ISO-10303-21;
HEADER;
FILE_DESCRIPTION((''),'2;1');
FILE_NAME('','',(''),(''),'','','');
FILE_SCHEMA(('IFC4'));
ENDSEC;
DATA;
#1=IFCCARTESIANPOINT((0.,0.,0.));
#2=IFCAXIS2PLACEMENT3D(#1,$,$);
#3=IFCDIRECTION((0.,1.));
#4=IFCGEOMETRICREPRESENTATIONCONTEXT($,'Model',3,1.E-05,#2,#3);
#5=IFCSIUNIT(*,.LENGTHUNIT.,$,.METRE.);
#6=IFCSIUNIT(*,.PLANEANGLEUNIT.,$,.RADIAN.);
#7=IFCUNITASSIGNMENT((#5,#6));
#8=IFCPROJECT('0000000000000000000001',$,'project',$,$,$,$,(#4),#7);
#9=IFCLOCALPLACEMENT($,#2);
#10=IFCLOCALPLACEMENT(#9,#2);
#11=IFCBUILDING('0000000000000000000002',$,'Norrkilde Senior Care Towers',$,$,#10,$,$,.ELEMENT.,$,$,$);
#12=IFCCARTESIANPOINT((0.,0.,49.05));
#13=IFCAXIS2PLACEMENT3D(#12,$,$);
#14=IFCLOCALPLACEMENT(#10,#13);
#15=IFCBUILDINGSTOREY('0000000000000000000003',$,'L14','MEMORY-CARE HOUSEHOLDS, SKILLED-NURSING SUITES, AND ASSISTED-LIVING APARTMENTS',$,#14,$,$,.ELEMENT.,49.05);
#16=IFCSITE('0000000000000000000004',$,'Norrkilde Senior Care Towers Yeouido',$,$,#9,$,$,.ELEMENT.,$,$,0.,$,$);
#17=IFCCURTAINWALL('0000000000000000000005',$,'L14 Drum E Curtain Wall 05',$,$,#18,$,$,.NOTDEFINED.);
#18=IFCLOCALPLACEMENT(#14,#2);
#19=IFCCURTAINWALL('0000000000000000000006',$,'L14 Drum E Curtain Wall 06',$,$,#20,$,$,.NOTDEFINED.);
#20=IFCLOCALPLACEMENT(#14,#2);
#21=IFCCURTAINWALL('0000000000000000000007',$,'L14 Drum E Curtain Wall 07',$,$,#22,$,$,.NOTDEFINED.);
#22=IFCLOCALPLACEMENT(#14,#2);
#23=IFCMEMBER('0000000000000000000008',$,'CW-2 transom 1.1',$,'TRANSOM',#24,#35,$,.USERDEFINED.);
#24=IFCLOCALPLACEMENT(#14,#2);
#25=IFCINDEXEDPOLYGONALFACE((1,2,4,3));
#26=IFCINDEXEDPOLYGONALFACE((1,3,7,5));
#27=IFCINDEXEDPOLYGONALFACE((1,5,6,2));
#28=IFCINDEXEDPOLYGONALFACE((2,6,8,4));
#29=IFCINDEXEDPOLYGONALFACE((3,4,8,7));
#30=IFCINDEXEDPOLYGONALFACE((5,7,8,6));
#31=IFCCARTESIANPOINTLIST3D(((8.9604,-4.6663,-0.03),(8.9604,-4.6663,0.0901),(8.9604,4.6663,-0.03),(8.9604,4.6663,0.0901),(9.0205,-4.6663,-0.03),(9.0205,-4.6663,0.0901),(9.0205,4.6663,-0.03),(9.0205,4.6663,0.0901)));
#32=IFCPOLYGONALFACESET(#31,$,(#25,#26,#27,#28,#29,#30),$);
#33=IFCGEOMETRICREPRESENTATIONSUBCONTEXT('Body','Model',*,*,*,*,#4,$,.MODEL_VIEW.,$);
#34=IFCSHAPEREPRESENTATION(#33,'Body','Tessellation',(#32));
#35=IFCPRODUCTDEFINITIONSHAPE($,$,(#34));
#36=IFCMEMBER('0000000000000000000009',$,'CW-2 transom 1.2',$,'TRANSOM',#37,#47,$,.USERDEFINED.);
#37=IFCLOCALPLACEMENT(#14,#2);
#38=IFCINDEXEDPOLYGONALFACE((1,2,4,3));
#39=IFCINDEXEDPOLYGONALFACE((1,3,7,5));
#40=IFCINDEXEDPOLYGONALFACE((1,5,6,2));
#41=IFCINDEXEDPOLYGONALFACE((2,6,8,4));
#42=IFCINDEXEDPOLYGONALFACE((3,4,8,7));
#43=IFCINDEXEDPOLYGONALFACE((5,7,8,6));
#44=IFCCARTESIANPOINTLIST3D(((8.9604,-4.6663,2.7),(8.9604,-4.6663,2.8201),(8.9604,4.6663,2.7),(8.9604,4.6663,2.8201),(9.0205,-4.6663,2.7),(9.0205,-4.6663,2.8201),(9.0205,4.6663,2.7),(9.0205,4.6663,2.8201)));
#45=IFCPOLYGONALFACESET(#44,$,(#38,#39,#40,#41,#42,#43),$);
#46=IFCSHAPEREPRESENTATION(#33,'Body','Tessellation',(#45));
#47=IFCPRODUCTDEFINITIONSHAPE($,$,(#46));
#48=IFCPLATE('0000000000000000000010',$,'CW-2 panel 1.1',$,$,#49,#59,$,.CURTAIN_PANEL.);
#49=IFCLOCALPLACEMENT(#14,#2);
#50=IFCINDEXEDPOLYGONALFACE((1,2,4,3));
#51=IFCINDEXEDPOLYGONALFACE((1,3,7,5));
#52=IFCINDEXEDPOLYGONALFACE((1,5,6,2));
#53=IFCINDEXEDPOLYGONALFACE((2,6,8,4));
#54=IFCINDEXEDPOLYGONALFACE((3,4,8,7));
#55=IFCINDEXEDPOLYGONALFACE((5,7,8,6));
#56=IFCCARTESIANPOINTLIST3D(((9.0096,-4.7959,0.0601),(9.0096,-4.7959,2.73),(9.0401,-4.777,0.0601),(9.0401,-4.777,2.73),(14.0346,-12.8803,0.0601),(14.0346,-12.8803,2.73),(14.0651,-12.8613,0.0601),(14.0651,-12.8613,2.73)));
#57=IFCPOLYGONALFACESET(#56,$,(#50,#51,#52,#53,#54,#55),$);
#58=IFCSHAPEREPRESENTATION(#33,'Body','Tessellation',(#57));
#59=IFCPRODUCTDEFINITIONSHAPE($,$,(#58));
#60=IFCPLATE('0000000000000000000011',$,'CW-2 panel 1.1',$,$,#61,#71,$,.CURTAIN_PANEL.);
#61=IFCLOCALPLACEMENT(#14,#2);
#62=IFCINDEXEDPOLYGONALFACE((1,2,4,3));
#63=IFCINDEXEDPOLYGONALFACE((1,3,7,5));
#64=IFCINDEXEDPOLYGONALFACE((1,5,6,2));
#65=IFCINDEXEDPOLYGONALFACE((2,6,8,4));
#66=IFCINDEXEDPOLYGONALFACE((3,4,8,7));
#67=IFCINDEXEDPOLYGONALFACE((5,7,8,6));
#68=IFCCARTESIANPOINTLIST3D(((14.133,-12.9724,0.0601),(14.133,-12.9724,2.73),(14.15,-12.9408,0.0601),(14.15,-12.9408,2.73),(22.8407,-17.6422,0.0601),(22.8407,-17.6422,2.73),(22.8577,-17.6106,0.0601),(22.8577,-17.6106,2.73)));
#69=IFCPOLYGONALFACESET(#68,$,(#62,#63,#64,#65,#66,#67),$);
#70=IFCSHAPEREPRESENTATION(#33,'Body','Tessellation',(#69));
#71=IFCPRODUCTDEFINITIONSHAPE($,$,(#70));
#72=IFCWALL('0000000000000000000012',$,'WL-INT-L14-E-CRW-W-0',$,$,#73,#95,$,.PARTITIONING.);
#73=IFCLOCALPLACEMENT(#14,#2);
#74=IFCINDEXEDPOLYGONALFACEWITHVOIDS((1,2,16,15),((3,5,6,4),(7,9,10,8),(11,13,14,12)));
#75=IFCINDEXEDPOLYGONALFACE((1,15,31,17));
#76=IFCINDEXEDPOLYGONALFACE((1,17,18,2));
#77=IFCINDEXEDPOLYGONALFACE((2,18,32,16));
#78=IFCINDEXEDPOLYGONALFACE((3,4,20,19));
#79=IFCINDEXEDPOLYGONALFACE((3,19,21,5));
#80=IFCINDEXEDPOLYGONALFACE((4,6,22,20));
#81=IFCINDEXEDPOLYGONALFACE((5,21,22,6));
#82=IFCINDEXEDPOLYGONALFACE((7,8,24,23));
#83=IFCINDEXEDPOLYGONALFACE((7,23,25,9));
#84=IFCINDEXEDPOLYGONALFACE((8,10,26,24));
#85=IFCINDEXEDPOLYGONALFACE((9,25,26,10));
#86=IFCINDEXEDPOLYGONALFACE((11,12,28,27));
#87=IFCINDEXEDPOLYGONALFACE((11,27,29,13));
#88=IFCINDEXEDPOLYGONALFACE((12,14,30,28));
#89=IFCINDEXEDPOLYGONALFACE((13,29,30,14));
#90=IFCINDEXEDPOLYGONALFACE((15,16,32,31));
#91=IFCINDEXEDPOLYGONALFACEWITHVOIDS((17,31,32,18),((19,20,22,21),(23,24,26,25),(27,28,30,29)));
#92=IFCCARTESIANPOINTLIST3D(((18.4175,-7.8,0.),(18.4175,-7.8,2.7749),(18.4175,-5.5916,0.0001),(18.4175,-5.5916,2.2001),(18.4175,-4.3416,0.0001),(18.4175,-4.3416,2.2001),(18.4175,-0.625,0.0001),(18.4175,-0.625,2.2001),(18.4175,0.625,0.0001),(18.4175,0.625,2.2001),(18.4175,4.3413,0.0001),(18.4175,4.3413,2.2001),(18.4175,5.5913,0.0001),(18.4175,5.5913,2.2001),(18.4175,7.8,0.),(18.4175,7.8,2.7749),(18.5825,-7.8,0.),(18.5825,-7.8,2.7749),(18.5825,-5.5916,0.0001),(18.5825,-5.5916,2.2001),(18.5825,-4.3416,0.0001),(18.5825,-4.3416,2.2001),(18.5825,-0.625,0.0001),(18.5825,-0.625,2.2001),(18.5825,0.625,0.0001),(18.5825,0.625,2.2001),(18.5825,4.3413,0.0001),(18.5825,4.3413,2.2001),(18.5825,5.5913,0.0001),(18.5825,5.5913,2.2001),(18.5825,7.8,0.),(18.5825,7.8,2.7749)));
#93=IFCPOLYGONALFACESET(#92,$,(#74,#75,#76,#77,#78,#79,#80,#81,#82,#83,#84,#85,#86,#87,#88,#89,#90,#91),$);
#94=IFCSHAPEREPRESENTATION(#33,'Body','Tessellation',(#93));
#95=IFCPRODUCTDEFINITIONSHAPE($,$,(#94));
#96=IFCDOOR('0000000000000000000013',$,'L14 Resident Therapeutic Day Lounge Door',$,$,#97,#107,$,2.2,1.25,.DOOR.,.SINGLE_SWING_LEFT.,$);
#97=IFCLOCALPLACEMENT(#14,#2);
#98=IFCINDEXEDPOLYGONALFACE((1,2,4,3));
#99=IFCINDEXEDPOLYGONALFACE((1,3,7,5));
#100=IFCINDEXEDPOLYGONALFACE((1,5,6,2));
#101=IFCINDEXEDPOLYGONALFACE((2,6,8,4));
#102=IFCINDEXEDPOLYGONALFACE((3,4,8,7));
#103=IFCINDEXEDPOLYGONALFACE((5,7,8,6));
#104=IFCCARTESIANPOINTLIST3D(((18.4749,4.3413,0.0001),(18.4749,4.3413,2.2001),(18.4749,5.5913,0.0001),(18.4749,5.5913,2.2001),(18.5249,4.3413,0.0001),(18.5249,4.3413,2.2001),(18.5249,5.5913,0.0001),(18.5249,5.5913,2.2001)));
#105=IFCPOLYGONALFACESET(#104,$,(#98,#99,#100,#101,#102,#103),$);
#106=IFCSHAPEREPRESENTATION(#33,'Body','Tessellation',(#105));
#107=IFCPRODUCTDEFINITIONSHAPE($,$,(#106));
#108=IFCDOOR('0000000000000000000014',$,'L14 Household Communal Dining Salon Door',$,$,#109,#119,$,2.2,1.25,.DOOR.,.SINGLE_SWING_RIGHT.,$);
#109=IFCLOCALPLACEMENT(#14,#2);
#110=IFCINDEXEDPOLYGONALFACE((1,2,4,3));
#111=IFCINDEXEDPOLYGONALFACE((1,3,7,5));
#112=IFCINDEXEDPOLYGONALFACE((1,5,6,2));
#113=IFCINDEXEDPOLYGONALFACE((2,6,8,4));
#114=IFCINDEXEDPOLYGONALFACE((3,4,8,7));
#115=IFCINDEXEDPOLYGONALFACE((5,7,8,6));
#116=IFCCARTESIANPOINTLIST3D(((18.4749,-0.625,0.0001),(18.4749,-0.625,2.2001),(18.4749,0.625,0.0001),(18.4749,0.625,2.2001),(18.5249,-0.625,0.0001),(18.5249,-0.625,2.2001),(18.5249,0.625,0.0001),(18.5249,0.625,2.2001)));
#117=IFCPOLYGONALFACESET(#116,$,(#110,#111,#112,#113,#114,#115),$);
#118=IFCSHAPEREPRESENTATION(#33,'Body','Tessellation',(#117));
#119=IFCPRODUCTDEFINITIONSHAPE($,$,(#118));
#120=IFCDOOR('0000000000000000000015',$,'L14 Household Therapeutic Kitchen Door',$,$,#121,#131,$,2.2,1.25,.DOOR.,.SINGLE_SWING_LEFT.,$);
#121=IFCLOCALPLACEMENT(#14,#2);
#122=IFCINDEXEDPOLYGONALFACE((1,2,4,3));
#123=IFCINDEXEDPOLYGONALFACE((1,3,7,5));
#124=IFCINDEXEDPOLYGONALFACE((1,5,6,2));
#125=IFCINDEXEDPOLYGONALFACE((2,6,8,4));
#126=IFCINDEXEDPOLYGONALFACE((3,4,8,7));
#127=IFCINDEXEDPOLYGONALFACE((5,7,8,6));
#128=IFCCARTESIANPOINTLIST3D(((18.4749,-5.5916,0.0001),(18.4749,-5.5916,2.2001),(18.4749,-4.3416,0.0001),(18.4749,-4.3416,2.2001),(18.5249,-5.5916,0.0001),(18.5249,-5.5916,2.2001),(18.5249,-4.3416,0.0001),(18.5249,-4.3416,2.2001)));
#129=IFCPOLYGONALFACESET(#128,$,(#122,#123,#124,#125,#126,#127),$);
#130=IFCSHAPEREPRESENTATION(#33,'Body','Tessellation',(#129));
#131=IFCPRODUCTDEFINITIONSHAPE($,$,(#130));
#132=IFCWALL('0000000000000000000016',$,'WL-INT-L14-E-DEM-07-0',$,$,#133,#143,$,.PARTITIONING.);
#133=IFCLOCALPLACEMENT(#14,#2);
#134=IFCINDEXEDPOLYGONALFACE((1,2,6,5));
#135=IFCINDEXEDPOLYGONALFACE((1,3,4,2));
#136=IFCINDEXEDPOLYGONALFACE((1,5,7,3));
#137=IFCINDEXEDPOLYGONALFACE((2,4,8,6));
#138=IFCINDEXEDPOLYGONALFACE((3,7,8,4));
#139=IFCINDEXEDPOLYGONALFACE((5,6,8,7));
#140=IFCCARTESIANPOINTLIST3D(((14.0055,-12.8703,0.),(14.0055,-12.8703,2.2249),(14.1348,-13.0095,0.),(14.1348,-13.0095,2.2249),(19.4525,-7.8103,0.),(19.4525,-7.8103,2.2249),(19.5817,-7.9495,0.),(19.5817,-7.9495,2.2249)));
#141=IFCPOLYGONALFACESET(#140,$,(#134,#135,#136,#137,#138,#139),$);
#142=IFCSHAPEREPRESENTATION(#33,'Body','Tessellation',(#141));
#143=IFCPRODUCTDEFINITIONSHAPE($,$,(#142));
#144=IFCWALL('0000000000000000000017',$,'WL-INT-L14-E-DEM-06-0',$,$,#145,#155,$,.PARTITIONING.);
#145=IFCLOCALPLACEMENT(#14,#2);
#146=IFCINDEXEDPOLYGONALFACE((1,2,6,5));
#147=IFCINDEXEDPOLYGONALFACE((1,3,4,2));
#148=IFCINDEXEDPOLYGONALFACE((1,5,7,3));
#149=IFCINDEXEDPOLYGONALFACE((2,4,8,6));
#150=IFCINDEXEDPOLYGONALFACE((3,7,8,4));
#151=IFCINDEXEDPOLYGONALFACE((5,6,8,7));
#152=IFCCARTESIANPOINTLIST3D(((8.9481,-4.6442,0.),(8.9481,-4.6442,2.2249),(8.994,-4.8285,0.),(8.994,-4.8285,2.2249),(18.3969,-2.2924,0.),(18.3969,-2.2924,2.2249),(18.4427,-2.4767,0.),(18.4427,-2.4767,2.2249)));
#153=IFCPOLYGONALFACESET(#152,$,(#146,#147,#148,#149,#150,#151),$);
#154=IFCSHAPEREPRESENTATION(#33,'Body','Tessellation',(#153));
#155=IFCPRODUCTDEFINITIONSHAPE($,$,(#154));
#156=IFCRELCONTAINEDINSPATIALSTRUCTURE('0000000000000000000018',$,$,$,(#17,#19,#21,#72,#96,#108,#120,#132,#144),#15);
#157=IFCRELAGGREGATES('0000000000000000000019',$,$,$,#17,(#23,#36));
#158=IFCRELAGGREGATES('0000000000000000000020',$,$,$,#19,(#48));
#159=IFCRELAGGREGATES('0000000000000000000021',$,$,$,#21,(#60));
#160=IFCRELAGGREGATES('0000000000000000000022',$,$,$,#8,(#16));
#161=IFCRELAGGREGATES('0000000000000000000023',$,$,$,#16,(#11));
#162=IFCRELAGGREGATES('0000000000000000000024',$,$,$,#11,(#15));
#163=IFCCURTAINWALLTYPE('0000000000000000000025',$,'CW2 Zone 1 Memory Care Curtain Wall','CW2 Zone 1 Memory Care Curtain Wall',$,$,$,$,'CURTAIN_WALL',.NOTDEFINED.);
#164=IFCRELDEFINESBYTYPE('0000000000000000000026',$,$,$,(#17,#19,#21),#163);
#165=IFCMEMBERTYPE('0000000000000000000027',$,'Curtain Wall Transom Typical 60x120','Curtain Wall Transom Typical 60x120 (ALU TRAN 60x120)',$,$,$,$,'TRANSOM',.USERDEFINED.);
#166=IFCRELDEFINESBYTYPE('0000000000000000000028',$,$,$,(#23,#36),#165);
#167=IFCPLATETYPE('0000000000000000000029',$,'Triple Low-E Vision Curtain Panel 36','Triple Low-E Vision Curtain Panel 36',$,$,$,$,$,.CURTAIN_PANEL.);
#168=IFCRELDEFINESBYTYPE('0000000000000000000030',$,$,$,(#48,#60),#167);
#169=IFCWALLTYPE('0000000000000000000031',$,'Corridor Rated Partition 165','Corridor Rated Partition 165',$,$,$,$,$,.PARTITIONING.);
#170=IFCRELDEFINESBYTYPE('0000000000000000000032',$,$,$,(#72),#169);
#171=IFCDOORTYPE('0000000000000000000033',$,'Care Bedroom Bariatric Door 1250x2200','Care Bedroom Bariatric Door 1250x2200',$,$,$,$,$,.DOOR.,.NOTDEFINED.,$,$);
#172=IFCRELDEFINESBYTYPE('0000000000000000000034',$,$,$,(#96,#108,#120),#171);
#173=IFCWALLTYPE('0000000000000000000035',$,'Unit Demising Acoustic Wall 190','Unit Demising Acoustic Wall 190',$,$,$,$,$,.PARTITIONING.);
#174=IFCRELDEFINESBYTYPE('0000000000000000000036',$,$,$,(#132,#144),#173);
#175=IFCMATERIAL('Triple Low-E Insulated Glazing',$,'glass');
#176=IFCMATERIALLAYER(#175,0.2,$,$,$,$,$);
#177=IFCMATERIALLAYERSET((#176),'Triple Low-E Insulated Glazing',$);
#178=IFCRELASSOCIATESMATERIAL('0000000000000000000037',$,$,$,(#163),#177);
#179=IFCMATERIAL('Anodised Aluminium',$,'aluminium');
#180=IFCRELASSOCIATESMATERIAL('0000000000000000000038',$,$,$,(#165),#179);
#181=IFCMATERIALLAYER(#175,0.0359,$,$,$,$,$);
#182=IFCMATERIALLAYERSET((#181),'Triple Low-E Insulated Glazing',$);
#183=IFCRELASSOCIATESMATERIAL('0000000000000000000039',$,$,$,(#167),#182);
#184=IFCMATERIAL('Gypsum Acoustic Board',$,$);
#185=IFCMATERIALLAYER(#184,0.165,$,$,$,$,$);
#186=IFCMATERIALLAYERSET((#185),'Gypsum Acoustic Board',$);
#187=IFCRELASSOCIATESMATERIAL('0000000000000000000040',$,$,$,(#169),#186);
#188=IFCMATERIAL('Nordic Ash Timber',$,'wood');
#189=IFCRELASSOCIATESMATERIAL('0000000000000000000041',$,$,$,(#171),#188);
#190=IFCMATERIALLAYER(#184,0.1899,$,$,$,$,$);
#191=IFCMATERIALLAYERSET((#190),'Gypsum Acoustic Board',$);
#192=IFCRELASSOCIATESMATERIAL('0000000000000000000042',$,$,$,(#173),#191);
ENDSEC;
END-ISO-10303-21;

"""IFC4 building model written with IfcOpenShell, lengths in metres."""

from ifc_helpers import new_model, si_unit, direction, frame, frame_2d, origin, origin_2d, place, context, subcontext, project, spatial, rectangle, extrude, source, transform, mapped, material, layer, layer_set, material_profile, profile_set, type_object, type_shapes, element, fill, aggregate, save


model = new_model("IFC4")

# Units and contexts
model_context = context("Model", 3, precision=1e-05, world=origin(), true_north=direction((0.0, 1.0)))
body_context = subcontext(model_context, "Body", "Model", "MODEL_VIEW")
ifc_project = project(units=[si_unit("LENGTHUNIT", "METRE"), si_unit("PLANEANGLEUNIT", "RADIAN")], contexts=[model_context])

# Site, building, storey
site_placement = place(None, origin())
site = spatial("IfcSite", under=ifc_project, at=site_placement, Name="Norrkilde Senior Care Towers Yeouido", CompositionType="ELEMENT", RefElevation=0.0)
building_placement = place(site_placement, origin())
building = spatial("IfcBuilding", under=site, at=building_placement, Name="Norrkilde Senior Care Towers", CompositionType="ELEMENT")
storey_placement = place(building_placement, frame((0.0, 0.0, 49.05)))
storey = spatial("IfcBuildingStorey", under=building, at=storey_placement, Name="L14", Description="MEMORY-CARE HOUSEHOLDS, SKILLED-NURSING SUITES, AND ASSISTED-LIVING APARTMENTS", CompositionType="ELEMENT", Elevation=49.05)

# Curtain wall
ifc_material_1 = material(Name="Triple Low-E Insulated Glazing", Category="glass")
ifc_layer_1 = layer(ifc_material_1, 0.2)
ifc_layer_set_1 = layer_set([ifc_layer_1], Name="Triple Low-E Insulated Glazing")
curtain_wall_type = type_object("IfcCurtainWallType", Name="CW2 Zone 1 Memory Care Curtain Wall", Description="CW2 Zone 1 Memory Care Curtain Wall", ElementType="CURTAIN_WALL", PredefinedType="NOTDEFINED", material=ifc_layer_set_1)
curtain_wall_1_placement = place(storey_placement, origin())
curtain_wall_1 = element("IfcCurtainWall", 1, at=curtain_wall_1_placement, inside=storey, type_object=curtain_wall_type, Name="L14 Drum E Curtain Wall 05", PredefinedType="NOTDEFINED")
ifc_material_2 = material(Name="Anodised Aluminium", Category="aluminium")

# Curtain wall
curtain_wall_2_placement = place(storey_placement, origin())
curtain_wall_2 = element("IfcCurtainWall", 2, at=curtain_wall_2_placement, inside=storey, type_object=curtain_wall_type, Name="L14 Drum E Curtain Wall 06", PredefinedType="NOTDEFINED")

# Curtain wall
curtain_wall_3_placement = place(storey_placement, origin())
curtain_wall_3 = element("IfcCurtainWall", 3, at=curtain_wall_3_placement, inside=storey, type_object=curtain_wall_type, Name="L14 Drum E Curtain Wall 07", PredefinedType="NOTDEFINED")

# Members
ifc_material_profile_1 = material_profile(ifc_material_2, rectangle(XDim=0.0601, YDim=0.1201, at=origin_2d()), Name="ALU TRAN 60x120")
ifc_profile_set_1 = profile_set([ifc_material_profile_1], Name="Anodised Aluminium")
member_type_1 = type_object("IfcMemberType", Name="Curtain Wall Transom Typical 60x120", Description="Curtain Wall Transom Typical 60x120 (ALU TRAN 60x120)", ElementType="TRANSOM", PredefinedType="USERDEFINED", material=ifc_profile_set_1)
shared_shape_1 = source(origin(), body_context, "Body", "SweptSolid", [
    extrude(rectangle(XDim=0.0601, YDim=0.1201, at=origin_2d()), origin(), (0.0, 0.0, 1.0), 9.3325),
])
member_1_placement = place(storey_placement, frame((8.9905, -4.6663, 0.03), z_axis=(0.0, 1.0, 0.0), x_axis=(-1.0, 0.0, 0.0)))
member_1 = element("IfcMember", 4, at=member_1_placement, type_object=member_type_1, Name="CW-2 transom 1.1", ObjectType="TRANSOM", PredefinedType="USERDEFINED", context=body_context, shape_type="MappedRepresentation", body=[
    mapped(shared_shape_1, transform((0.0, 0.0, 0.0), x_axis=(1.0, 0.0, 0.0), y_axis=(0.0, 1.0, 0.0), z_axis=(0.0, 0.0, 1.0), scale=1.0)),
])
member_2_placement = place(storey_placement, frame((8.9905, -4.6663, 2.76), z_axis=(0.0, 1.0, 0.0), x_axis=(-1.0, 0.0, 0.0)))
member_2 = element("IfcMember", 5, at=member_2_placement, type_object=member_type_1, Name="CW-2 transom 1.2", ObjectType="TRANSOM", PredefinedType="USERDEFINED", context=body_context, shape_type="MappedRepresentation", body=[
    mapped(shared_shape_1, transform((0.0, 0.0, 0.0), x_axis=(1.0, 0.0, 0.0), y_axis=(0.0, 1.0, 0.0), z_axis=(0.0, 0.0, 1.0), scale=1.0)),
])
aggregate(curtain_wall_1, [member_1, member_2])

# Plates
ifc_layer_2 = layer(ifc_material_1, 0.0359)
ifc_layer_set_2 = layer_set([ifc_layer_2], Name="Triple Low-E Insulated Glazing")
plate_type = type_object("IfcPlateType", Name="Triple Low-E Vision Curtain Panel 36", Description="Triple Low-E Vision Curtain Panel 36", PredefinedType="CURTAIN_PANEL", material=ifc_layer_set_2)
shared_shape_2 = source(origin(), body_context, "Body", "SweptSolid", [
    extrude(rectangle(XDim=9.5188, YDim=0.0359, at=origin_2d()), origin(), (0.0, 0.0, 1.0), 2.6699),
])
plate_1_placement = place(storey_placement, frame((11.5374, -8.8286, 0.0601), z_axis=(0.0, 0.0, 1.0), x_axis=(-0.527901, 0.849306, 0.0)))
plate_1 = element("IfcPlate", 6, at=plate_1_placement, type_object=plate_type, Name="CW-2 panel 1.1", PredefinedType="CURTAIN_PANEL", context=body_context, shape_type="MappedRepresentation", body=[
    mapped(shared_shape_2, transform((0.0, 0.0, 0.0), x_axis=(1.0, 0.0, 0.0), y_axis=(0.0, 1.0, 0.0), z_axis=(0.0, 0.0, 1.0), scale=1.0)),
])
aggregate(curtain_wall_2, [plate_1])
shared_shape_3 = source(origin(), body_context, "Body", "SweptSolid", [
    extrude(rectangle(XDim=9.8809, YDim=0.0359, at=origin_2d()), origin(), (0.0, 0.0, 1.0), 2.6699),
])
type_shapes(plate_type, [shared_shape_2, shared_shape_3])
plate_2_placement = place(storey_placement, frame((18.4954, -15.2915, 0.0601), z_axis=(0.0, 0.0, 1.0), x_axis=(-0.881273, 0.472608, 0.0)))
plate_2 = element("IfcPlate", 7, at=plate_2_placement, type_object=plate_type, Name="CW-2 panel 1.1", PredefinedType="CURTAIN_PANEL", context=body_context, shape_type="MappedRepresentation", body=[
    mapped(shared_shape_3, transform((0.0, 0.0, 0.0), x_axis=(1.0, 0.0, 0.0), y_axis=(0.0, 1.0, 0.0), z_axis=(0.0, 0.0, 1.0), scale=1.0)),
])
aggregate(curtain_wall_3, [plate_2])

# Wall, openings, doors
ifc_material_3 = material(Name="Gypsum Acoustic Board")
ifc_layer_3 = layer(ifc_material_3, 0.165)
ifc_layer_set_3 = layer_set([ifc_layer_3], Name="Gypsum Acoustic Board")
wall_type_1 = type_object("IfcWallType", Name="Corridor Rated Partition 165", Description="Corridor Rated Partition 165", PredefinedType="PARTITIONING", material=ifc_layer_set_3)
shared_shape_4 = source(origin(), body_context, "Body", "SweptSolid", [
    extrude(rectangle(XDim=15.6001, YDim=0.165, at=frame_2d((7.8, 0.0))), origin(), (0.0, 0.0, 1.0), 2.7749),
])
type_shapes(wall_type_1, [shared_shape_4])
wall_1_placement = place(storey_placement, frame((18.5, -7.8, 0.0), z_axis=(0.0, 0.0, 1.0), x_axis=(0.0, 1.0, 0.0)))
wall_1 = element("IfcWall", 8, at=wall_1_placement, inside=storey, type_object=wall_type_1, Name="WL-INT-L14-E-CRW-W-0", PredefinedType="PARTITIONING", context=body_context, shape_type="MappedRepresentation", body=[
    mapped(shared_shape_4, transform((0.0, 0.0, 0.0), x_axis=(1.0, 0.0, 0.0), y_axis=(0.0, 1.0, 0.0), z_axis=(0.0, 0.0, 1.0), scale=1.0)),
])
opening_1_placement = place(wall_1_placement, frame((12.1414, 0.0, 0.0)))
opening_1 = element("IfcOpeningElement", 9, at=opening_1_placement, cuts=wall_1, PredefinedType="OPENING", context=body_context, shape_type="SweptSolid", body=[
    extrude(rectangle(XDim=1.25, YDim=2.2, at=frame_2d((0.625, 1.1001))), frame((0.0, 0.0925, 0.0), z_axis=(0.0, -1.0, 0.0), x_axis=(1.0, 0.0, 0.0)), (0.0, 0.0, 1.0), 0.1851),
])
opening_2_placement = place(wall_1_placement, frame((7.175, 0.0, 0.0)))
opening_2 = element("IfcOpeningElement", 10, at=opening_2_placement, cuts=wall_1, PredefinedType="OPENING", context=body_context, shape_type="SweptSolid", body=[
    extrude(rectangle(XDim=1.25, YDim=2.2, at=frame_2d((0.625, 1.1001))), frame((0.0, 0.0925, 0.0), z_axis=(0.0, -1.0, 0.0), x_axis=(1.0, 0.0, 0.0)), (0.0, 0.0, 1.0), 0.1851),
])
opening_3_placement = place(wall_1_placement, frame((2.2085, 0.0, 0.0)))
opening_3 = element("IfcOpeningElement", 11, at=opening_3_placement, cuts=wall_1, PredefinedType="OPENING", context=body_context, shape_type="SweptSolid", body=[
    extrude(rectangle(XDim=1.25, YDim=2.2, at=frame_2d((0.625, 1.1001))), frame((0.0, 0.0925, 0.0), z_axis=(0.0, -1.0, 0.0), x_axis=(1.0, 0.0, 0.0)), (0.0, 0.0, 1.0), 0.1851),
])
ifc_material_4 = material(Name="Nordic Ash Timber", Category="wood")
door_type = type_object("IfcDoorType", Name="Care Bedroom Bariatric Door 1250x2200", Description="Care Bedroom Bariatric Door 1250x2200", OperationType="NOTDEFINED", PredefinedType="DOOR", material=ifc_material_4)
shared_shape_5 = source(origin(), body_context, "Body", "SweptSolid", [
    extrude(rectangle(XDim=1.25, YDim=2.2, at=frame_2d((0.625, 1.1001))), frame((0.0, 0.0249, 0.0), z_axis=(0.0, -1.0, 0.0), x_axis=(1.0, 0.0, 0.0)), (0.0, 0.0, 1.0), 0.05),
])
type_shapes(door_type, [shared_shape_5])
door_1_placement = place(opening_1_placement, frame((1.25, 0.0, 0.0), z_axis=(0.0, 0.0, 1.0), x_axis=(-1.0, 0.0, 0.0)))
door_1 = element("IfcDoor", 12, at=door_1_placement, inside=storey, type_object=door_type, Name="L14 Resident Therapeutic Day Lounge Door", OperationType="SINGLE_SWING_LEFT", OverallHeight=2.2, OverallWidth=1.25, PredefinedType="DOOR", context=body_context, shape_type="MappedRepresentation", body=[
    mapped(shared_shape_5, transform((0.0, 0.0, 0.0), x_axis=(1.0, 0.0, 0.0), y_axis=(0.0, 1.0, 0.0), z_axis=(0.0, 0.0, 1.0), scale=1.0)),
])
fill(opening_1, door_1)
door_2_placement = place(opening_2_placement, frame((1.25, 0.0, 0.0), z_axis=(0.0, 0.0, 1.0), x_axis=(-1.0, 0.0, 0.0)))
door_2 = element("IfcDoor", 13, at=door_2_placement, inside=storey, type_object=door_type, Name="L14 Household Communal Dining Salon Door", OperationType="SINGLE_SWING_RIGHT", OverallHeight=2.2, OverallWidth=1.25, PredefinedType="DOOR", context=body_context, shape_type="MappedRepresentation", body=[
    mapped(shared_shape_5, transform((0.0, 0.0, 0.0), x_axis=(1.0, 0.0, 0.0), y_axis=(0.0, 1.0, 0.0), z_axis=(0.0, 0.0, 1.0), scale=1.0)),
])
fill(opening_2, door_2)
door_3_placement = place(opening_3_placement, frame((1.25, 0.0, 0.0), z_axis=(0.0, 0.0, 1.0), x_axis=(-1.0, 0.0, 0.0)))
door_3 = element("IfcDoor", 14, at=door_3_placement, inside=storey, type_object=door_type, Name="L14 Household Therapeutic Kitchen Door", OperationType="SINGLE_SWING_LEFT", OverallHeight=2.2, OverallWidth=1.25, PredefinedType="DOOR", context=body_context, shape_type="MappedRepresentation", body=[
    mapped(shared_shape_5, transform((0.0, 0.0, 0.0), x_axis=(1.0, 0.0, 0.0), y_axis=(0.0, 1.0, 0.0), z_axis=(0.0, 0.0, 1.0), scale=1.0)),
])
fill(opening_3, door_3)

# Walls
ifc_layer_4 = layer(ifc_material_3, 0.1899)
ifc_layer_set_4 = layer_set([ifc_layer_4], Name="Gypsum Acoustic Board")
wall_type_2 = type_object("IfcWallType", Name="Unit Demising Acoustic Wall 190", Description="Unit Demising Acoustic Wall 190", PredefinedType="PARTITIONING", material=ifc_layer_set_4)
shared_shape_6 = source(origin(), body_context, "Body", "SweptSolid", [
    extrude(rectangle(XDim=7.4346, YDim=0.1899, at=frame_2d((3.7173, 0.0))), origin(), (0.0, 0.0, 1.0), 2.2249),
])
wall_2_placement = place(storey_placement, frame((19.5171, -7.8799, 0.0), z_axis=(0.0, 0.0, 1.0), x_axis=(-0.732652, -0.680603, 0.0)))
element("IfcWall", 15, at=wall_2_placement, inside=storey, type_object=wall_type_2, Name="WL-INT-L14-E-DEM-07-0", PredefinedType="PARTITIONING", context=body_context, shape_type="MappedRepresentation", body=[
    mapped(shared_shape_6, transform((0.0, 0.0, 0.0), x_axis=(1.0, 0.0, 0.0), y_axis=(0.0, 1.0, 0.0), z_axis=(0.0, 0.0, 1.0), scale=1.0)),
])
shared_shape_7 = source(origin(), body_context, "Body", "SweptSolid", [
    extrude(rectangle(XDim=9.7371, YDim=0.1899, at=frame_2d((4.8687, 0.0))), origin(), (0.0, 0.0, 1.0), 2.2249),
])
type_shapes(wall_type_2, [shared_shape_6, shared_shape_7])
wall_3_placement = place(storey_placement, frame((18.4199, -2.3845, 0.0), z_axis=(0.0, 0.0, 1.0), x_axis=(-0.970393, -0.241533, 0.0)))
element("IfcWall", 16, at=wall_3_placement, inside=storey, type_object=wall_type_2, Name="WL-INT-L14-E-DEM-06-0", PredefinedType="PARTITIONING", context=body_context, shape_type="MappedRepresentation", body=[
    mapped(shared_shape_7, transform((0.0, 0.0, 0.0), x_axis=(1.0, 0.0, 0.0), y_axis=(0.0, 1.0, 0.0), z_axis=(0.0, 0.0, 1.0), scale=1.0)),
])

save(model, "model.ifc")
